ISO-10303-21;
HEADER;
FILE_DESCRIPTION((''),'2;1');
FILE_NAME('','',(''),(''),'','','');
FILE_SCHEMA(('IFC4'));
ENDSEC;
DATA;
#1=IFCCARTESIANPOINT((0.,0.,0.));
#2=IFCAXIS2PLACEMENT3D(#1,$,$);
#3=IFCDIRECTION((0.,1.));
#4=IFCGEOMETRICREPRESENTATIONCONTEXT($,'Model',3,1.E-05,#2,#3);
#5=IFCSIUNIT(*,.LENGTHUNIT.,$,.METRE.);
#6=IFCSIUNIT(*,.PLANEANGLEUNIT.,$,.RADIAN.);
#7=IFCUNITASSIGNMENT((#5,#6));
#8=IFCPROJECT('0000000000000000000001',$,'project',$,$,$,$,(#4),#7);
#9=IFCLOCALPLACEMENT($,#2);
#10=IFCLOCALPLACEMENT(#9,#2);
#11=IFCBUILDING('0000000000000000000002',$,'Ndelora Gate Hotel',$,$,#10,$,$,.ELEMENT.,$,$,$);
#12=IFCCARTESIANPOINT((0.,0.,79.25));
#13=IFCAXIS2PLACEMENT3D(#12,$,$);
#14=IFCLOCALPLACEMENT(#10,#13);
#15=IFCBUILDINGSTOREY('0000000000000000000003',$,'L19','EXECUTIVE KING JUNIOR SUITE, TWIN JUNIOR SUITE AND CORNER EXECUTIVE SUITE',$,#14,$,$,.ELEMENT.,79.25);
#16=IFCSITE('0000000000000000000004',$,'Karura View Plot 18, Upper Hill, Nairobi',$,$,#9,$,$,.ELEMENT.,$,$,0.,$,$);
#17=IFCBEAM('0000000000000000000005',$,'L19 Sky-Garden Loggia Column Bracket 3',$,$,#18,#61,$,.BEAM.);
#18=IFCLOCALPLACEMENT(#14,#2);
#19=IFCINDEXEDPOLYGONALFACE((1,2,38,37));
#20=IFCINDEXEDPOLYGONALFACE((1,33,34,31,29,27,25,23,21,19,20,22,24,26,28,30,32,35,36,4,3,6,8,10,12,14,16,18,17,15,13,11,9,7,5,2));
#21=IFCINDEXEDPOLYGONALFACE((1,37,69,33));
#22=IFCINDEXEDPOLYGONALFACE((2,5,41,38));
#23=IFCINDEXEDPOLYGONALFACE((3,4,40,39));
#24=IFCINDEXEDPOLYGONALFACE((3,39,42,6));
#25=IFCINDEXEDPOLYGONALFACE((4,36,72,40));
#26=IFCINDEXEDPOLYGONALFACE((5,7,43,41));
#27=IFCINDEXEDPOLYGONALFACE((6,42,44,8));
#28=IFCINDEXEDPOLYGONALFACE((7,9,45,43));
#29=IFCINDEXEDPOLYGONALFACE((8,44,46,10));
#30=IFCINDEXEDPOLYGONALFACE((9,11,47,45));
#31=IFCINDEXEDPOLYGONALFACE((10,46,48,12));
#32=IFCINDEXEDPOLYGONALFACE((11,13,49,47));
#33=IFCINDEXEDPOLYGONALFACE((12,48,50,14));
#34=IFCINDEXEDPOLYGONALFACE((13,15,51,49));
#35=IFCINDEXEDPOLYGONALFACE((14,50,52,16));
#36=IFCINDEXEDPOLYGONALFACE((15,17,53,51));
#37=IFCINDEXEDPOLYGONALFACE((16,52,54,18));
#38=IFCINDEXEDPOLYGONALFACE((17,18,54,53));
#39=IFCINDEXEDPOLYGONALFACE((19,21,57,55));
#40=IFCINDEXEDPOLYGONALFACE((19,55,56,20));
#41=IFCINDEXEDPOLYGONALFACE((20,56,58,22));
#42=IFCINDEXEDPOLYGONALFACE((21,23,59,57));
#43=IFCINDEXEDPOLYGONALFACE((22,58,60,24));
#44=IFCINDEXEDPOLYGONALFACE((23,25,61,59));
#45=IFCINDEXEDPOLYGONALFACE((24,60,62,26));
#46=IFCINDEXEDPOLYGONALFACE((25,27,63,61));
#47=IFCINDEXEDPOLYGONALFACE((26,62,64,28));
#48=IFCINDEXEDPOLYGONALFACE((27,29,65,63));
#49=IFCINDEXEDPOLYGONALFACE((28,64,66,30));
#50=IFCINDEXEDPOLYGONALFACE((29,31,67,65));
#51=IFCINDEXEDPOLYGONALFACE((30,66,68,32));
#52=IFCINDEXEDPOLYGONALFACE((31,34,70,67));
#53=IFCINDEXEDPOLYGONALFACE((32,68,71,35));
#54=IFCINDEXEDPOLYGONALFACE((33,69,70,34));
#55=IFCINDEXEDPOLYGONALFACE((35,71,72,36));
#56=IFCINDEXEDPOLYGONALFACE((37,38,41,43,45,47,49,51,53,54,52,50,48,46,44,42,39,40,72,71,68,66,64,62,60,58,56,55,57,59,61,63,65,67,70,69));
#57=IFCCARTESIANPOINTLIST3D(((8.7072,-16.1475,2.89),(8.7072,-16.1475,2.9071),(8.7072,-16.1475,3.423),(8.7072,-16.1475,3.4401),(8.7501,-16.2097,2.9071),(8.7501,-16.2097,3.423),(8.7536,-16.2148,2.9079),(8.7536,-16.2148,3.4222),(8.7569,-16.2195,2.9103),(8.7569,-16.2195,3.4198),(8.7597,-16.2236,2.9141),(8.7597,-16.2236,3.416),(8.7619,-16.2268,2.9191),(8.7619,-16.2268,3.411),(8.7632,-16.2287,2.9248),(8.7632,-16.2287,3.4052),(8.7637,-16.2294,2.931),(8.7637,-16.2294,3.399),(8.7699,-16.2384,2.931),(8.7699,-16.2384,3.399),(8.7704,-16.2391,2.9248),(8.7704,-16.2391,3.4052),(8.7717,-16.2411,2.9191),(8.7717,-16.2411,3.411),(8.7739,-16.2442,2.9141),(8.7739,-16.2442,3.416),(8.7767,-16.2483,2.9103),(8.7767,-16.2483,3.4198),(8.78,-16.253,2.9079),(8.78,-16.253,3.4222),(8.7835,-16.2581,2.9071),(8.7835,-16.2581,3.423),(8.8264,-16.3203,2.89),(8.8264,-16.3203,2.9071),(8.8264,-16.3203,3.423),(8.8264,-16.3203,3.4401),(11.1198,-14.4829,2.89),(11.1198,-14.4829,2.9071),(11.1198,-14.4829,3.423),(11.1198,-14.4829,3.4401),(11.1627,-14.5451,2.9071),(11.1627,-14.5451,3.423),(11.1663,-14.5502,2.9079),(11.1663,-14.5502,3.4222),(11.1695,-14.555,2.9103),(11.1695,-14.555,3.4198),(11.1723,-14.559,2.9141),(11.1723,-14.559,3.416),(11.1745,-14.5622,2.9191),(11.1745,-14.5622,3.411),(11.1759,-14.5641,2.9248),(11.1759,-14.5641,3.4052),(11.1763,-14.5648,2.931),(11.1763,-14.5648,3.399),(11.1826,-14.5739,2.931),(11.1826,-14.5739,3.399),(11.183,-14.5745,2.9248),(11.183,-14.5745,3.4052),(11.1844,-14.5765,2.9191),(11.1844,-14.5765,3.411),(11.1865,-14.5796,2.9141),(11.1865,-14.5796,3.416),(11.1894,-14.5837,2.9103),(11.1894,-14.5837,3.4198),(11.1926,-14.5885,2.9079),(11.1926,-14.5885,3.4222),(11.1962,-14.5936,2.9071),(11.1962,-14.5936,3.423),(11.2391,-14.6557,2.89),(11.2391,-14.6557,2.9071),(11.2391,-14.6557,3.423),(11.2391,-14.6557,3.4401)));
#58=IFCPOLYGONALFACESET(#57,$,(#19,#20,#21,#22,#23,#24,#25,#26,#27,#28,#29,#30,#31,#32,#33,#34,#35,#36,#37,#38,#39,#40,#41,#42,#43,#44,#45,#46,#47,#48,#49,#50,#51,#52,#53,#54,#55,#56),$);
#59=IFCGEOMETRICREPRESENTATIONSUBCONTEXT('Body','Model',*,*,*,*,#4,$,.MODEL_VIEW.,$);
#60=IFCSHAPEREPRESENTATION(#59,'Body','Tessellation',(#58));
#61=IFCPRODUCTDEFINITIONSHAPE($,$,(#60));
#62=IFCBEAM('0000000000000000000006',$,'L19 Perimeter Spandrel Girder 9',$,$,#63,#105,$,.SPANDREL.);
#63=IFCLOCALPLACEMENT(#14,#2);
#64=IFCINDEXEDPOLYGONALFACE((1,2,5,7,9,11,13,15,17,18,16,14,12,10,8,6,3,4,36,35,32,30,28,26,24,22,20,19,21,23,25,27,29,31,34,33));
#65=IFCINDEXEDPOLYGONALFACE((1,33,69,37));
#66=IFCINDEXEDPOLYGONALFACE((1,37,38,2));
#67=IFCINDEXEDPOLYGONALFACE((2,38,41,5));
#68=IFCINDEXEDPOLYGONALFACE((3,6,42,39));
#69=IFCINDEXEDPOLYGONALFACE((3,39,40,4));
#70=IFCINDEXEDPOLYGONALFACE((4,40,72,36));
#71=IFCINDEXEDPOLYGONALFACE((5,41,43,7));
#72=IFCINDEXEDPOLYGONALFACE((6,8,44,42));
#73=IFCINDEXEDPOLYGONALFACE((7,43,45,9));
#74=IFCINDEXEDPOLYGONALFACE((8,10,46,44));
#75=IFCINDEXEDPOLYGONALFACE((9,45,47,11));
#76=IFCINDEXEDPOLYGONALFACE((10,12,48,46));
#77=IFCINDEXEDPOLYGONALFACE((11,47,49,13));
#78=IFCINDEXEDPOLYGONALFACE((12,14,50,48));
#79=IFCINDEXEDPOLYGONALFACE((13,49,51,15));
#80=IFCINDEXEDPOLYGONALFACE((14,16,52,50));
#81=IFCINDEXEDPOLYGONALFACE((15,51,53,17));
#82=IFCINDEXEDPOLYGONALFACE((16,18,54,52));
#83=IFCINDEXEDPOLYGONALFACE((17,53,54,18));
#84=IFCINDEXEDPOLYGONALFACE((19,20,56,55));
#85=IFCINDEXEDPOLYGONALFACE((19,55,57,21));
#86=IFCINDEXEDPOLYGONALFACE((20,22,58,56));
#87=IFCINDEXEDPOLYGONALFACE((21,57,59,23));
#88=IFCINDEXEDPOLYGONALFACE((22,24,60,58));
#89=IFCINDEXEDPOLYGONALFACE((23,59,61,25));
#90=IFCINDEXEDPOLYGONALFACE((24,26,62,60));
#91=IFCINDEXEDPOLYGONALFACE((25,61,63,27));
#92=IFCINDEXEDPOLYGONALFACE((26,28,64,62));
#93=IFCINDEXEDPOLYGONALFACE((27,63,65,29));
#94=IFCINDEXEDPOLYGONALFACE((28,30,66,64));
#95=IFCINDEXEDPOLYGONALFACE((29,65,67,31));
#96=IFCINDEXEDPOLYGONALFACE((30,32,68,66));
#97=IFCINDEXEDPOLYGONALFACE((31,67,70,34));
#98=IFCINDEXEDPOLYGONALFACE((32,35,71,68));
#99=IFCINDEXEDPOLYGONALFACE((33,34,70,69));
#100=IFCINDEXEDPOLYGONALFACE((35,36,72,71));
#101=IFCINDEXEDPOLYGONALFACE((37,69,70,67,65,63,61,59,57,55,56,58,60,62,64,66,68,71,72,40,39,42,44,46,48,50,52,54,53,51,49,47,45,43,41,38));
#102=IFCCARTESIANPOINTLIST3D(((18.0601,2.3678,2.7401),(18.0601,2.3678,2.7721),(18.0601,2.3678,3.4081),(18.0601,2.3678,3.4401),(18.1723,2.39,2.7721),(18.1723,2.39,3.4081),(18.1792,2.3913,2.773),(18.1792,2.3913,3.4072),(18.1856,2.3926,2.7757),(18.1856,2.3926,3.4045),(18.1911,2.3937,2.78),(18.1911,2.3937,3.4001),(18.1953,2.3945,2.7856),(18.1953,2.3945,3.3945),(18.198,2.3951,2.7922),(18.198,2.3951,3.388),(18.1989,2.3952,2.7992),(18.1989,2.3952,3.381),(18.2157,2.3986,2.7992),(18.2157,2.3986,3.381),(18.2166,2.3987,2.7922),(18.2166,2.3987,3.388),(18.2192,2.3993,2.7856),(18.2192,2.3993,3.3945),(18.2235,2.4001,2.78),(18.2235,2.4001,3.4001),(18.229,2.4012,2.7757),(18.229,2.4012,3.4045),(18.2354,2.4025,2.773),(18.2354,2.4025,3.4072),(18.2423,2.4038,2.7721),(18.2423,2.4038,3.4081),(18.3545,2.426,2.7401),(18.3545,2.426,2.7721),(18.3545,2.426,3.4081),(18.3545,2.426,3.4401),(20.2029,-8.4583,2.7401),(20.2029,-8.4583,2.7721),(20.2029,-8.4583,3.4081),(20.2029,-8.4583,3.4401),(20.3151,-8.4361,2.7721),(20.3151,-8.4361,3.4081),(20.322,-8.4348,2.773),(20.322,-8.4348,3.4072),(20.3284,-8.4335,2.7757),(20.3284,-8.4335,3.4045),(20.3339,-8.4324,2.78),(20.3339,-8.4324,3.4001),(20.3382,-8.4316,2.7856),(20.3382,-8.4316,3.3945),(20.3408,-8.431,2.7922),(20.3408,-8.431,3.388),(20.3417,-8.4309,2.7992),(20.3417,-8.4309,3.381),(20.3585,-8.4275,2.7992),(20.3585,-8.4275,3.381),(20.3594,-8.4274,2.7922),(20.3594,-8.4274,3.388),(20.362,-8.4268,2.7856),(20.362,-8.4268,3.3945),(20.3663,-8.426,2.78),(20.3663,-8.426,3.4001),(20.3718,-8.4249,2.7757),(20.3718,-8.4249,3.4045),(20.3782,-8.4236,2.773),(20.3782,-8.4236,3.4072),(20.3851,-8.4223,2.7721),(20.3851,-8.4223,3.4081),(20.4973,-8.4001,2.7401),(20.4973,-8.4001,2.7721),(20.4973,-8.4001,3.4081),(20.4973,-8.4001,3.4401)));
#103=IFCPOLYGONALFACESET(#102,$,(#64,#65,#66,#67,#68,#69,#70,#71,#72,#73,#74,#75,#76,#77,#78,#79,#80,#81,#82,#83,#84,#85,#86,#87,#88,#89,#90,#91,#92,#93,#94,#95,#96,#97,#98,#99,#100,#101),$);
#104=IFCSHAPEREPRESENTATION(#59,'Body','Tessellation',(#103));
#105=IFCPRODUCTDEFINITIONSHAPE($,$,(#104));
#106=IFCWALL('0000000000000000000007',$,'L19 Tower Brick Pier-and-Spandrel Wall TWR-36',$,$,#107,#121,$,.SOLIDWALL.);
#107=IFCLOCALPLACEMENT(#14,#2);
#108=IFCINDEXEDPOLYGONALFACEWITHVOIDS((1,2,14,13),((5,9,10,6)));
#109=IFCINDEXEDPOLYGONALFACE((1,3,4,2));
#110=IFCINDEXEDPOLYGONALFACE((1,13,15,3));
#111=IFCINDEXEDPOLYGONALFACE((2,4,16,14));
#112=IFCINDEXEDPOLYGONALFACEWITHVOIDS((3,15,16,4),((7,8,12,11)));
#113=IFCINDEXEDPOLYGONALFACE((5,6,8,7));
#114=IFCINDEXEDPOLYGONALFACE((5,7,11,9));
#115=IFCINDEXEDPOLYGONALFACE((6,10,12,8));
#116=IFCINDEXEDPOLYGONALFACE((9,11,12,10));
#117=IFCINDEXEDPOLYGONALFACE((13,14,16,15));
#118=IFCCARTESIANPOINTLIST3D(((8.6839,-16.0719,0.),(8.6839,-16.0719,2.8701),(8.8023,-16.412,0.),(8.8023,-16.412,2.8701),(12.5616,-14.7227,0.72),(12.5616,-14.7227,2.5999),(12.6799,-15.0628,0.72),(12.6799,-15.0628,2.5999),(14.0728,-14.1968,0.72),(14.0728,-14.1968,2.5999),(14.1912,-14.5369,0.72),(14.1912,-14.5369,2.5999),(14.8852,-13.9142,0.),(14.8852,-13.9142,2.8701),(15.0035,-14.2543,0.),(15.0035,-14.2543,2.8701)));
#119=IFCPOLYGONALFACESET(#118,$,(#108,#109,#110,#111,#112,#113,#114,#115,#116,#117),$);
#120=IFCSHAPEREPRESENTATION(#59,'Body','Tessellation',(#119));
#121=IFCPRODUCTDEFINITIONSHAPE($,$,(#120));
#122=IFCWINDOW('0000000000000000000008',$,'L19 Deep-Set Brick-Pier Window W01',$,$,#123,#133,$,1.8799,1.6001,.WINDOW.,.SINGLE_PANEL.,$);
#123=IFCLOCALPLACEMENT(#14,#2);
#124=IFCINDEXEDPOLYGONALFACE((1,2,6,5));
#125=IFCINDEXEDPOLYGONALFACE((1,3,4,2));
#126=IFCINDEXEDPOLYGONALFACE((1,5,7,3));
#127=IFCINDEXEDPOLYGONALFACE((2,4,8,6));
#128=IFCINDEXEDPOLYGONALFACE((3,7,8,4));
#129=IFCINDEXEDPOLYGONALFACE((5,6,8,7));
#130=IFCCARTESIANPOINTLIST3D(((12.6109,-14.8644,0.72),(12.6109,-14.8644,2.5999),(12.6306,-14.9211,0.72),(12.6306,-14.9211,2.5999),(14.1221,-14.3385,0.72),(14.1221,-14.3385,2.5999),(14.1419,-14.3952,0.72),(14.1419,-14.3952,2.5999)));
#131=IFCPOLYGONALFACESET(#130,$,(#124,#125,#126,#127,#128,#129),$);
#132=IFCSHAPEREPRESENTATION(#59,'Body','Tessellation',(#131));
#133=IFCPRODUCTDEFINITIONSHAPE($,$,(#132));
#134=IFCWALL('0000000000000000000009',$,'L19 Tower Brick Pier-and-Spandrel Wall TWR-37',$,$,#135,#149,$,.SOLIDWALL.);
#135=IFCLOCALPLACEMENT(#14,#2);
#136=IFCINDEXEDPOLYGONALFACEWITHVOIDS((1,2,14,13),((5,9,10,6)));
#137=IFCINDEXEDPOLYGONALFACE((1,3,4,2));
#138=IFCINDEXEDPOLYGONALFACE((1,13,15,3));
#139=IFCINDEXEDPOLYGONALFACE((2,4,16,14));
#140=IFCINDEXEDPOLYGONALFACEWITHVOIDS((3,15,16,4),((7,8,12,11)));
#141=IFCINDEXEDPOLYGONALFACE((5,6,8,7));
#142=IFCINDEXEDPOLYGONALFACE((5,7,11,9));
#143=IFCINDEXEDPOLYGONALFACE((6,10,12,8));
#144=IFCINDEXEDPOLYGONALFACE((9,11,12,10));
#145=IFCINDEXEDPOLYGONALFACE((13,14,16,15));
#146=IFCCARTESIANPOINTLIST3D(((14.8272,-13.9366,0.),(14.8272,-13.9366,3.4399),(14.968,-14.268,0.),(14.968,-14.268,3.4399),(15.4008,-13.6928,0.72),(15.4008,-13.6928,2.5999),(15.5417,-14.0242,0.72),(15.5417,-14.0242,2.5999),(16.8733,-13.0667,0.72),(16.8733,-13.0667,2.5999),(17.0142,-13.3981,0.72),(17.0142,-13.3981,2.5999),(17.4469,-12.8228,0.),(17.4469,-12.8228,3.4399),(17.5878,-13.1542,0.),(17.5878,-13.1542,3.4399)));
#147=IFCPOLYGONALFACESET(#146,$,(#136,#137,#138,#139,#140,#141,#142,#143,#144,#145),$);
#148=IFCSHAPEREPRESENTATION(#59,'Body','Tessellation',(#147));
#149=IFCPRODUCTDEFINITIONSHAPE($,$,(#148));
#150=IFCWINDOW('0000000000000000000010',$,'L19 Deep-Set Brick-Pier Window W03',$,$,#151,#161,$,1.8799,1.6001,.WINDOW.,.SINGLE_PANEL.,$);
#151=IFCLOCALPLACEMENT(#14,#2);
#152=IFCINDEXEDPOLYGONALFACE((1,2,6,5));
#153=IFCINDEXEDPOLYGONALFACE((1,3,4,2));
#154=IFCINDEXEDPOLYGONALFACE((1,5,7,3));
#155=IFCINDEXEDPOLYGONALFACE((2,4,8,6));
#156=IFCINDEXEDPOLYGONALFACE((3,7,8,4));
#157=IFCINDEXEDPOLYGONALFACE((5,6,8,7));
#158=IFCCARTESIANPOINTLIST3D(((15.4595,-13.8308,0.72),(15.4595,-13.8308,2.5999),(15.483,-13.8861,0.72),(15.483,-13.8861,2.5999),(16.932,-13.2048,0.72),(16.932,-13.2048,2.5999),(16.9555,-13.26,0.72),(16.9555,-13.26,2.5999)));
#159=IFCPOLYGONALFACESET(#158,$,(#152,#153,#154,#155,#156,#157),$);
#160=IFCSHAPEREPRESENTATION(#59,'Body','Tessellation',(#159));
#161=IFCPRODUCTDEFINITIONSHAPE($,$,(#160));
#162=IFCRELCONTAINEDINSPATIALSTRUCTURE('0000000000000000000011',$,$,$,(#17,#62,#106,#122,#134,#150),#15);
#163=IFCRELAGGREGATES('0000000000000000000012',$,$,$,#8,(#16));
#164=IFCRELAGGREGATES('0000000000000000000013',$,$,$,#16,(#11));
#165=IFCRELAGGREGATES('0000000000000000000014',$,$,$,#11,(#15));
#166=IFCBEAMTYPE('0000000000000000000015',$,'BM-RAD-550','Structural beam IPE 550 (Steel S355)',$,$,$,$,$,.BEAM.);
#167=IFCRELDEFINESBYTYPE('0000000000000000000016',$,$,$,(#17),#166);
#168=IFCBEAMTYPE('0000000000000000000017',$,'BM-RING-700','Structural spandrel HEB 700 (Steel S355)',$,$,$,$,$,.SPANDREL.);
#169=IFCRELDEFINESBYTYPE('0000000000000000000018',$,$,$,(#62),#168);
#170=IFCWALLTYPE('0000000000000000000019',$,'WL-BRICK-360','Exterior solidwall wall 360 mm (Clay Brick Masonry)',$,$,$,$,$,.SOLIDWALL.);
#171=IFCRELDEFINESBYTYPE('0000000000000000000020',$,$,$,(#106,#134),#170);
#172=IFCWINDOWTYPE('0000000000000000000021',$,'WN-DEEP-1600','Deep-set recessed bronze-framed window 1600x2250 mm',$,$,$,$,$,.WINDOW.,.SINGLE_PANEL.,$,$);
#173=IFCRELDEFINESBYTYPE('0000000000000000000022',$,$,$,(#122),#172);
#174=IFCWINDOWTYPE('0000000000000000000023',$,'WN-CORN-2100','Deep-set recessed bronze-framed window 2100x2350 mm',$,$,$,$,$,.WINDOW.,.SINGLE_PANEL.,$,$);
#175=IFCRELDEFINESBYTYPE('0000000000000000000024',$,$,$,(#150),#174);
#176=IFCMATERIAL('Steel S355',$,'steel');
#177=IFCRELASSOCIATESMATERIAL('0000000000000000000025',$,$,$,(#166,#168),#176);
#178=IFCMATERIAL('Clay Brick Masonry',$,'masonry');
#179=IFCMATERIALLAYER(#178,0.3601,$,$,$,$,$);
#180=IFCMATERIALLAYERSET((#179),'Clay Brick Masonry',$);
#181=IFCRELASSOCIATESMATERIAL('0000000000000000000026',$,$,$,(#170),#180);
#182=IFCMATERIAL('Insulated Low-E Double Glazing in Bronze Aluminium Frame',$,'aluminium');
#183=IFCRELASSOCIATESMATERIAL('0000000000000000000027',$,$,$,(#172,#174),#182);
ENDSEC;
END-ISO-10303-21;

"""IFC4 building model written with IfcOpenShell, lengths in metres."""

from ifc_helpers import new_model, si_unit, direction, frame, frame_2d, origin, origin_2d, place, context, subcontext, project, spatial, rectangle, i_section, extrude, material, layer, layer_set, material_profile, profile_set, type_object, element, fill, save


model = new_model("IFC4")

# Units and contexts
model_context = context("Model", 3, precision=1e-05, world=origin(), true_north=direction((0.0, 1.0)))
body_context = subcontext(model_context, "Body", "Model", "MODEL_VIEW")
ifc_project = project(units=[si_unit("LENGTHUNIT", "METRE"), si_unit("PLANEANGLEUNIT", "RADIAN")], contexts=[model_context])

# Site, building, storey
site_placement = place(None, origin())
site = spatial("IfcSite", under=ifc_project, at=site_placement, Name="Karura View Plot 18, Upper Hill, Nairobi", CompositionType="ELEMENT", RefElevation=0.0)
building_placement = place(site_placement, origin())
building = spatial("IfcBuilding", under=site, at=building_placement, Name="Ndelora Gate Hotel", CompositionType="ELEMENT")
storey_placement = place(building_placement, frame((0.0, 0.0, 79.25)))
storey = spatial("IfcBuildingStorey", under=building, at=storey_placement, Name="L19", Description="EXECUTIVE KING JUNIOR SUITE, TWIN JUNIOR SUITE AND CORNER EXECUTIVE SUITE", CompositionType="ELEMENT", Elevation=79.25)

# Beams
ifc_material_1 = material(Name="Steel S355", Category="steel")
ifc_material_profile_1 = material_profile(ifc_material_1, i_section(OverallWidth=0.21, OverallDepth=0.55, WebThickness=0.011, FlangeThickness=0.0171, FilletRadius=0.0239, at=origin_2d()), Name="IPE 550")
ifc_profile_set_1 = profile_set([ifc_material_profile_1], Name="Steel S355")
beam_type_1 = type_object("IfcBeamType", Name="BM-RAD-550", Description="Structural beam IPE 550 (Steel S355)", PredefinedType="BEAM", material=ifc_profile_set_1)
beam_1_placement = place(storey_placement, frame((11.1794, -14.5693, 3.165), z_axis=(-0.823103, -0.567893, 0.0), x_axis=(0.567893, -0.823103, 0.0)))
element("IfcBeam", 1, at=beam_1_placement, inside=storey, type_object=beam_type_1, Name="L19 Sky-Garden Loggia Column Bracket 3", PredefinedType="BEAM", context=body_context, shape_type="SweptSolid", body=[
    extrude(i_section(OverallWidth=0.21, OverallDepth=0.55, WebThickness=0.011, FlangeThickness=0.0171, FilletRadius=0.0239, at=origin_2d()), origin(), (0.0, 0.0, 1.0), 2.9312),
])
ifc_material_profile_2 = material_profile(ifc_material_1, i_section(OverallWidth=0.3, OverallDepth=0.7, WebThickness=0.0171, FlangeThickness=0.032, FilletRadius=0.0271, at=origin_2d()), Name="HEB 700")
ifc_profile_set_2 = profile_set([ifc_material_profile_2], Name="Steel S355")
beam_type_2 = type_object("IfcBeamType", Name="BM-RING-700", Description="Structural spandrel HEB 700 (Steel S355)", PredefinedType="SPANDREL", material=ifc_profile_set_2)
beam_2_placement = place(storey_placement, frame((20.3501, -8.4292, 3.0901), z_axis=(-0.194163, 0.980969, 0.0), x_axis=(-0.980969, -0.194163, 0.0)))
element("IfcBeam", 2, at=beam_2_placement, inside=storey, type_object=beam_type_2, Name="L19 Perimeter Spandrel Girder 9", PredefinedType="SPANDREL", context=body_context, shape_type="SweptSolid", body=[
    extrude(i_section(OverallWidth=0.3, OverallDepth=0.7, WebThickness=0.0171, FlangeThickness=0.032, FilletRadius=0.0271, at=origin_2d()), origin(), (0.0, 0.0, 1.0), 11.0361),
])

# Walls, openings, windows
ifc_material_2 = material(Name="Clay Brick Masonry", Category="masonry")
ifc_layer_1 = layer(ifc_material_2, 0.3601)
ifc_layer_set_1 = layer_set([ifc_layer_1], Name="Clay Brick Masonry")
wall_type_1 = type_object("IfcWallType", Name="WL-BRICK-360", Description="Exterior solidwall wall 360 mm (Clay Brick Masonry)", PredefinedType="SOLIDWALL", material=ifc_layer_set_1)
wall_1_placement = place(storey_placement, frame((14.9443, -14.0842, 0.0), z_axis=(0.0, 0.0, 1.0), x_axis=(-0.94446, -0.328627, 0.0)))
wall_1 = element("IfcWall", 3, at=wall_1_placement, inside=storey, type_object=wall_type_1, Name="L19 Tower Brick Pier-and-Spandrel Wall TWR-36", PredefinedType="SOLIDWALL", context=body_context, shape_type="SweptSolid", body=[
    extrude(rectangle(XDim=6.5659, YDim=0.3601, at=frame_2d((3.283, 0.0))), origin(), (0.0, 0.0, 1.0), 2.8701),
])
opening_1_placement = place(wall_1_placement, frame((0.8601, 0.0, 0.72)))
opening_1 = element("IfcOpeningElement", 4, at=opening_1_placement, cuts=wall_1, PredefinedType="OPENING", context=body_context, shape_type="SweptSolid", body=[
    extrude(rectangle(XDim=1.6001, YDim=1.8799, at=frame_2d((0.8, 0.9399))), frame((0.0, 0.1899, 0.0), z_axis=(0.0, -1.0, 0.0), x_axis=(1.0, 0.0, 0.0)), (0.0, 0.0, 1.0), 0.3801),
])
ifc_material_3 = material(Name="Insulated Low-E Double Glazing in Bronze Aluminium Frame", Category="aluminium")
window_type_1 = type_object("IfcWindowType", Name="WN-DEEP-1600", Description="Deep-set recessed bronze-framed window 1600x2250 mm", PartitioningType="SINGLE_PANEL", PredefinedType="WINDOW", material=ifc_material_3)
window_1_placement = place(opening_1_placement, origin())
window_1 = element("IfcWindow", 5, at=window_1_placement, inside=storey, type_object=window_type_1, Name="L19 Deep-Set Brick-Pier Window W01", OverallHeight=1.8799, OverallWidth=1.6001, PartitioningType="SINGLE_PANEL", PredefinedType="WINDOW", context=body_context, shape_type="SweptSolid", body=[
    extrude(rectangle(XDim=1.6001, YDim=1.8799, at=frame_2d((0.8, 0.9399))), frame((0.0, 0.03, 0.0), z_axis=(0.0, -1.0, 0.0), x_axis=(1.0, 0.0, 0.0)), (0.0, 0.0, 1.0), 0.0601),
])
fill(opening_1, window_1)
wall_2_placement = place(storey_placement, frame((17.5173, -12.9885, 0.0), z_axis=(0.0, 0.0, 1.0), x_axis=(-0.920277, -0.391268, 0.0)))
wall_2 = element("IfcWall", 6, at=wall_2_placement, inside=storey, type_object=wall_type_1, Name="L19 Tower Brick Pier-and-Spandrel Wall TWR-37", PredefinedType="SOLIDWALL", context=body_context, shape_type="SweptSolid", body=[
    extrude(rectangle(XDim=2.8467, YDim=0.3601, at=frame_2d((1.4233, 0.0))), origin(), (0.0, 0.0, 1.0), 3.4399),
])
opening_2_placement = place(wall_2_placement, frame((0.6233, 0.0, 0.72)))
opening_2 = element("IfcOpeningElement", 7, at=opening_2_placement, cuts=wall_2, PredefinedType="OPENING", context=body_context, shape_type="SweptSolid", body=[
    extrude(rectangle(XDim=1.6001, YDim=1.8799, at=frame_2d((0.8, 0.9399))), frame((0.0, 0.1899, 0.0), z_axis=(0.0, -1.0, 0.0), x_axis=(1.0, 0.0, 0.0)), (0.0, 0.0, 1.0), 0.3801),
])
window_type_2 = type_object("IfcWindowType", Name="WN-CORN-2100", Description="Deep-set recessed bronze-framed window 2100x2350 mm", PartitioningType="SINGLE_PANEL", PredefinedType="WINDOW", material=ifc_material_3)
window_2_placement = place(opening_2_placement, origin())
window_2 = element("IfcWindow", 8, at=window_2_placement, inside=storey, type_object=window_type_2, Name="L19 Deep-Set Brick-Pier Window W03", OverallHeight=1.8799, OverallWidth=1.6001, PartitioningType="SINGLE_PANEL", PredefinedType="WINDOW", context=body_context, shape_type="SweptSolid", body=[
    extrude(rectangle(XDim=1.6001, YDim=1.8799, at=frame_2d((0.8, 0.9399))), frame((0.0, 0.03, 0.0), z_axis=(0.0, -1.0, 0.0), x_axis=(1.0, 0.0, 0.0)), (0.0, 0.0, 1.0), 0.0601),
])
fill(opening_2, window_2)

save(model, "model.ifc")
